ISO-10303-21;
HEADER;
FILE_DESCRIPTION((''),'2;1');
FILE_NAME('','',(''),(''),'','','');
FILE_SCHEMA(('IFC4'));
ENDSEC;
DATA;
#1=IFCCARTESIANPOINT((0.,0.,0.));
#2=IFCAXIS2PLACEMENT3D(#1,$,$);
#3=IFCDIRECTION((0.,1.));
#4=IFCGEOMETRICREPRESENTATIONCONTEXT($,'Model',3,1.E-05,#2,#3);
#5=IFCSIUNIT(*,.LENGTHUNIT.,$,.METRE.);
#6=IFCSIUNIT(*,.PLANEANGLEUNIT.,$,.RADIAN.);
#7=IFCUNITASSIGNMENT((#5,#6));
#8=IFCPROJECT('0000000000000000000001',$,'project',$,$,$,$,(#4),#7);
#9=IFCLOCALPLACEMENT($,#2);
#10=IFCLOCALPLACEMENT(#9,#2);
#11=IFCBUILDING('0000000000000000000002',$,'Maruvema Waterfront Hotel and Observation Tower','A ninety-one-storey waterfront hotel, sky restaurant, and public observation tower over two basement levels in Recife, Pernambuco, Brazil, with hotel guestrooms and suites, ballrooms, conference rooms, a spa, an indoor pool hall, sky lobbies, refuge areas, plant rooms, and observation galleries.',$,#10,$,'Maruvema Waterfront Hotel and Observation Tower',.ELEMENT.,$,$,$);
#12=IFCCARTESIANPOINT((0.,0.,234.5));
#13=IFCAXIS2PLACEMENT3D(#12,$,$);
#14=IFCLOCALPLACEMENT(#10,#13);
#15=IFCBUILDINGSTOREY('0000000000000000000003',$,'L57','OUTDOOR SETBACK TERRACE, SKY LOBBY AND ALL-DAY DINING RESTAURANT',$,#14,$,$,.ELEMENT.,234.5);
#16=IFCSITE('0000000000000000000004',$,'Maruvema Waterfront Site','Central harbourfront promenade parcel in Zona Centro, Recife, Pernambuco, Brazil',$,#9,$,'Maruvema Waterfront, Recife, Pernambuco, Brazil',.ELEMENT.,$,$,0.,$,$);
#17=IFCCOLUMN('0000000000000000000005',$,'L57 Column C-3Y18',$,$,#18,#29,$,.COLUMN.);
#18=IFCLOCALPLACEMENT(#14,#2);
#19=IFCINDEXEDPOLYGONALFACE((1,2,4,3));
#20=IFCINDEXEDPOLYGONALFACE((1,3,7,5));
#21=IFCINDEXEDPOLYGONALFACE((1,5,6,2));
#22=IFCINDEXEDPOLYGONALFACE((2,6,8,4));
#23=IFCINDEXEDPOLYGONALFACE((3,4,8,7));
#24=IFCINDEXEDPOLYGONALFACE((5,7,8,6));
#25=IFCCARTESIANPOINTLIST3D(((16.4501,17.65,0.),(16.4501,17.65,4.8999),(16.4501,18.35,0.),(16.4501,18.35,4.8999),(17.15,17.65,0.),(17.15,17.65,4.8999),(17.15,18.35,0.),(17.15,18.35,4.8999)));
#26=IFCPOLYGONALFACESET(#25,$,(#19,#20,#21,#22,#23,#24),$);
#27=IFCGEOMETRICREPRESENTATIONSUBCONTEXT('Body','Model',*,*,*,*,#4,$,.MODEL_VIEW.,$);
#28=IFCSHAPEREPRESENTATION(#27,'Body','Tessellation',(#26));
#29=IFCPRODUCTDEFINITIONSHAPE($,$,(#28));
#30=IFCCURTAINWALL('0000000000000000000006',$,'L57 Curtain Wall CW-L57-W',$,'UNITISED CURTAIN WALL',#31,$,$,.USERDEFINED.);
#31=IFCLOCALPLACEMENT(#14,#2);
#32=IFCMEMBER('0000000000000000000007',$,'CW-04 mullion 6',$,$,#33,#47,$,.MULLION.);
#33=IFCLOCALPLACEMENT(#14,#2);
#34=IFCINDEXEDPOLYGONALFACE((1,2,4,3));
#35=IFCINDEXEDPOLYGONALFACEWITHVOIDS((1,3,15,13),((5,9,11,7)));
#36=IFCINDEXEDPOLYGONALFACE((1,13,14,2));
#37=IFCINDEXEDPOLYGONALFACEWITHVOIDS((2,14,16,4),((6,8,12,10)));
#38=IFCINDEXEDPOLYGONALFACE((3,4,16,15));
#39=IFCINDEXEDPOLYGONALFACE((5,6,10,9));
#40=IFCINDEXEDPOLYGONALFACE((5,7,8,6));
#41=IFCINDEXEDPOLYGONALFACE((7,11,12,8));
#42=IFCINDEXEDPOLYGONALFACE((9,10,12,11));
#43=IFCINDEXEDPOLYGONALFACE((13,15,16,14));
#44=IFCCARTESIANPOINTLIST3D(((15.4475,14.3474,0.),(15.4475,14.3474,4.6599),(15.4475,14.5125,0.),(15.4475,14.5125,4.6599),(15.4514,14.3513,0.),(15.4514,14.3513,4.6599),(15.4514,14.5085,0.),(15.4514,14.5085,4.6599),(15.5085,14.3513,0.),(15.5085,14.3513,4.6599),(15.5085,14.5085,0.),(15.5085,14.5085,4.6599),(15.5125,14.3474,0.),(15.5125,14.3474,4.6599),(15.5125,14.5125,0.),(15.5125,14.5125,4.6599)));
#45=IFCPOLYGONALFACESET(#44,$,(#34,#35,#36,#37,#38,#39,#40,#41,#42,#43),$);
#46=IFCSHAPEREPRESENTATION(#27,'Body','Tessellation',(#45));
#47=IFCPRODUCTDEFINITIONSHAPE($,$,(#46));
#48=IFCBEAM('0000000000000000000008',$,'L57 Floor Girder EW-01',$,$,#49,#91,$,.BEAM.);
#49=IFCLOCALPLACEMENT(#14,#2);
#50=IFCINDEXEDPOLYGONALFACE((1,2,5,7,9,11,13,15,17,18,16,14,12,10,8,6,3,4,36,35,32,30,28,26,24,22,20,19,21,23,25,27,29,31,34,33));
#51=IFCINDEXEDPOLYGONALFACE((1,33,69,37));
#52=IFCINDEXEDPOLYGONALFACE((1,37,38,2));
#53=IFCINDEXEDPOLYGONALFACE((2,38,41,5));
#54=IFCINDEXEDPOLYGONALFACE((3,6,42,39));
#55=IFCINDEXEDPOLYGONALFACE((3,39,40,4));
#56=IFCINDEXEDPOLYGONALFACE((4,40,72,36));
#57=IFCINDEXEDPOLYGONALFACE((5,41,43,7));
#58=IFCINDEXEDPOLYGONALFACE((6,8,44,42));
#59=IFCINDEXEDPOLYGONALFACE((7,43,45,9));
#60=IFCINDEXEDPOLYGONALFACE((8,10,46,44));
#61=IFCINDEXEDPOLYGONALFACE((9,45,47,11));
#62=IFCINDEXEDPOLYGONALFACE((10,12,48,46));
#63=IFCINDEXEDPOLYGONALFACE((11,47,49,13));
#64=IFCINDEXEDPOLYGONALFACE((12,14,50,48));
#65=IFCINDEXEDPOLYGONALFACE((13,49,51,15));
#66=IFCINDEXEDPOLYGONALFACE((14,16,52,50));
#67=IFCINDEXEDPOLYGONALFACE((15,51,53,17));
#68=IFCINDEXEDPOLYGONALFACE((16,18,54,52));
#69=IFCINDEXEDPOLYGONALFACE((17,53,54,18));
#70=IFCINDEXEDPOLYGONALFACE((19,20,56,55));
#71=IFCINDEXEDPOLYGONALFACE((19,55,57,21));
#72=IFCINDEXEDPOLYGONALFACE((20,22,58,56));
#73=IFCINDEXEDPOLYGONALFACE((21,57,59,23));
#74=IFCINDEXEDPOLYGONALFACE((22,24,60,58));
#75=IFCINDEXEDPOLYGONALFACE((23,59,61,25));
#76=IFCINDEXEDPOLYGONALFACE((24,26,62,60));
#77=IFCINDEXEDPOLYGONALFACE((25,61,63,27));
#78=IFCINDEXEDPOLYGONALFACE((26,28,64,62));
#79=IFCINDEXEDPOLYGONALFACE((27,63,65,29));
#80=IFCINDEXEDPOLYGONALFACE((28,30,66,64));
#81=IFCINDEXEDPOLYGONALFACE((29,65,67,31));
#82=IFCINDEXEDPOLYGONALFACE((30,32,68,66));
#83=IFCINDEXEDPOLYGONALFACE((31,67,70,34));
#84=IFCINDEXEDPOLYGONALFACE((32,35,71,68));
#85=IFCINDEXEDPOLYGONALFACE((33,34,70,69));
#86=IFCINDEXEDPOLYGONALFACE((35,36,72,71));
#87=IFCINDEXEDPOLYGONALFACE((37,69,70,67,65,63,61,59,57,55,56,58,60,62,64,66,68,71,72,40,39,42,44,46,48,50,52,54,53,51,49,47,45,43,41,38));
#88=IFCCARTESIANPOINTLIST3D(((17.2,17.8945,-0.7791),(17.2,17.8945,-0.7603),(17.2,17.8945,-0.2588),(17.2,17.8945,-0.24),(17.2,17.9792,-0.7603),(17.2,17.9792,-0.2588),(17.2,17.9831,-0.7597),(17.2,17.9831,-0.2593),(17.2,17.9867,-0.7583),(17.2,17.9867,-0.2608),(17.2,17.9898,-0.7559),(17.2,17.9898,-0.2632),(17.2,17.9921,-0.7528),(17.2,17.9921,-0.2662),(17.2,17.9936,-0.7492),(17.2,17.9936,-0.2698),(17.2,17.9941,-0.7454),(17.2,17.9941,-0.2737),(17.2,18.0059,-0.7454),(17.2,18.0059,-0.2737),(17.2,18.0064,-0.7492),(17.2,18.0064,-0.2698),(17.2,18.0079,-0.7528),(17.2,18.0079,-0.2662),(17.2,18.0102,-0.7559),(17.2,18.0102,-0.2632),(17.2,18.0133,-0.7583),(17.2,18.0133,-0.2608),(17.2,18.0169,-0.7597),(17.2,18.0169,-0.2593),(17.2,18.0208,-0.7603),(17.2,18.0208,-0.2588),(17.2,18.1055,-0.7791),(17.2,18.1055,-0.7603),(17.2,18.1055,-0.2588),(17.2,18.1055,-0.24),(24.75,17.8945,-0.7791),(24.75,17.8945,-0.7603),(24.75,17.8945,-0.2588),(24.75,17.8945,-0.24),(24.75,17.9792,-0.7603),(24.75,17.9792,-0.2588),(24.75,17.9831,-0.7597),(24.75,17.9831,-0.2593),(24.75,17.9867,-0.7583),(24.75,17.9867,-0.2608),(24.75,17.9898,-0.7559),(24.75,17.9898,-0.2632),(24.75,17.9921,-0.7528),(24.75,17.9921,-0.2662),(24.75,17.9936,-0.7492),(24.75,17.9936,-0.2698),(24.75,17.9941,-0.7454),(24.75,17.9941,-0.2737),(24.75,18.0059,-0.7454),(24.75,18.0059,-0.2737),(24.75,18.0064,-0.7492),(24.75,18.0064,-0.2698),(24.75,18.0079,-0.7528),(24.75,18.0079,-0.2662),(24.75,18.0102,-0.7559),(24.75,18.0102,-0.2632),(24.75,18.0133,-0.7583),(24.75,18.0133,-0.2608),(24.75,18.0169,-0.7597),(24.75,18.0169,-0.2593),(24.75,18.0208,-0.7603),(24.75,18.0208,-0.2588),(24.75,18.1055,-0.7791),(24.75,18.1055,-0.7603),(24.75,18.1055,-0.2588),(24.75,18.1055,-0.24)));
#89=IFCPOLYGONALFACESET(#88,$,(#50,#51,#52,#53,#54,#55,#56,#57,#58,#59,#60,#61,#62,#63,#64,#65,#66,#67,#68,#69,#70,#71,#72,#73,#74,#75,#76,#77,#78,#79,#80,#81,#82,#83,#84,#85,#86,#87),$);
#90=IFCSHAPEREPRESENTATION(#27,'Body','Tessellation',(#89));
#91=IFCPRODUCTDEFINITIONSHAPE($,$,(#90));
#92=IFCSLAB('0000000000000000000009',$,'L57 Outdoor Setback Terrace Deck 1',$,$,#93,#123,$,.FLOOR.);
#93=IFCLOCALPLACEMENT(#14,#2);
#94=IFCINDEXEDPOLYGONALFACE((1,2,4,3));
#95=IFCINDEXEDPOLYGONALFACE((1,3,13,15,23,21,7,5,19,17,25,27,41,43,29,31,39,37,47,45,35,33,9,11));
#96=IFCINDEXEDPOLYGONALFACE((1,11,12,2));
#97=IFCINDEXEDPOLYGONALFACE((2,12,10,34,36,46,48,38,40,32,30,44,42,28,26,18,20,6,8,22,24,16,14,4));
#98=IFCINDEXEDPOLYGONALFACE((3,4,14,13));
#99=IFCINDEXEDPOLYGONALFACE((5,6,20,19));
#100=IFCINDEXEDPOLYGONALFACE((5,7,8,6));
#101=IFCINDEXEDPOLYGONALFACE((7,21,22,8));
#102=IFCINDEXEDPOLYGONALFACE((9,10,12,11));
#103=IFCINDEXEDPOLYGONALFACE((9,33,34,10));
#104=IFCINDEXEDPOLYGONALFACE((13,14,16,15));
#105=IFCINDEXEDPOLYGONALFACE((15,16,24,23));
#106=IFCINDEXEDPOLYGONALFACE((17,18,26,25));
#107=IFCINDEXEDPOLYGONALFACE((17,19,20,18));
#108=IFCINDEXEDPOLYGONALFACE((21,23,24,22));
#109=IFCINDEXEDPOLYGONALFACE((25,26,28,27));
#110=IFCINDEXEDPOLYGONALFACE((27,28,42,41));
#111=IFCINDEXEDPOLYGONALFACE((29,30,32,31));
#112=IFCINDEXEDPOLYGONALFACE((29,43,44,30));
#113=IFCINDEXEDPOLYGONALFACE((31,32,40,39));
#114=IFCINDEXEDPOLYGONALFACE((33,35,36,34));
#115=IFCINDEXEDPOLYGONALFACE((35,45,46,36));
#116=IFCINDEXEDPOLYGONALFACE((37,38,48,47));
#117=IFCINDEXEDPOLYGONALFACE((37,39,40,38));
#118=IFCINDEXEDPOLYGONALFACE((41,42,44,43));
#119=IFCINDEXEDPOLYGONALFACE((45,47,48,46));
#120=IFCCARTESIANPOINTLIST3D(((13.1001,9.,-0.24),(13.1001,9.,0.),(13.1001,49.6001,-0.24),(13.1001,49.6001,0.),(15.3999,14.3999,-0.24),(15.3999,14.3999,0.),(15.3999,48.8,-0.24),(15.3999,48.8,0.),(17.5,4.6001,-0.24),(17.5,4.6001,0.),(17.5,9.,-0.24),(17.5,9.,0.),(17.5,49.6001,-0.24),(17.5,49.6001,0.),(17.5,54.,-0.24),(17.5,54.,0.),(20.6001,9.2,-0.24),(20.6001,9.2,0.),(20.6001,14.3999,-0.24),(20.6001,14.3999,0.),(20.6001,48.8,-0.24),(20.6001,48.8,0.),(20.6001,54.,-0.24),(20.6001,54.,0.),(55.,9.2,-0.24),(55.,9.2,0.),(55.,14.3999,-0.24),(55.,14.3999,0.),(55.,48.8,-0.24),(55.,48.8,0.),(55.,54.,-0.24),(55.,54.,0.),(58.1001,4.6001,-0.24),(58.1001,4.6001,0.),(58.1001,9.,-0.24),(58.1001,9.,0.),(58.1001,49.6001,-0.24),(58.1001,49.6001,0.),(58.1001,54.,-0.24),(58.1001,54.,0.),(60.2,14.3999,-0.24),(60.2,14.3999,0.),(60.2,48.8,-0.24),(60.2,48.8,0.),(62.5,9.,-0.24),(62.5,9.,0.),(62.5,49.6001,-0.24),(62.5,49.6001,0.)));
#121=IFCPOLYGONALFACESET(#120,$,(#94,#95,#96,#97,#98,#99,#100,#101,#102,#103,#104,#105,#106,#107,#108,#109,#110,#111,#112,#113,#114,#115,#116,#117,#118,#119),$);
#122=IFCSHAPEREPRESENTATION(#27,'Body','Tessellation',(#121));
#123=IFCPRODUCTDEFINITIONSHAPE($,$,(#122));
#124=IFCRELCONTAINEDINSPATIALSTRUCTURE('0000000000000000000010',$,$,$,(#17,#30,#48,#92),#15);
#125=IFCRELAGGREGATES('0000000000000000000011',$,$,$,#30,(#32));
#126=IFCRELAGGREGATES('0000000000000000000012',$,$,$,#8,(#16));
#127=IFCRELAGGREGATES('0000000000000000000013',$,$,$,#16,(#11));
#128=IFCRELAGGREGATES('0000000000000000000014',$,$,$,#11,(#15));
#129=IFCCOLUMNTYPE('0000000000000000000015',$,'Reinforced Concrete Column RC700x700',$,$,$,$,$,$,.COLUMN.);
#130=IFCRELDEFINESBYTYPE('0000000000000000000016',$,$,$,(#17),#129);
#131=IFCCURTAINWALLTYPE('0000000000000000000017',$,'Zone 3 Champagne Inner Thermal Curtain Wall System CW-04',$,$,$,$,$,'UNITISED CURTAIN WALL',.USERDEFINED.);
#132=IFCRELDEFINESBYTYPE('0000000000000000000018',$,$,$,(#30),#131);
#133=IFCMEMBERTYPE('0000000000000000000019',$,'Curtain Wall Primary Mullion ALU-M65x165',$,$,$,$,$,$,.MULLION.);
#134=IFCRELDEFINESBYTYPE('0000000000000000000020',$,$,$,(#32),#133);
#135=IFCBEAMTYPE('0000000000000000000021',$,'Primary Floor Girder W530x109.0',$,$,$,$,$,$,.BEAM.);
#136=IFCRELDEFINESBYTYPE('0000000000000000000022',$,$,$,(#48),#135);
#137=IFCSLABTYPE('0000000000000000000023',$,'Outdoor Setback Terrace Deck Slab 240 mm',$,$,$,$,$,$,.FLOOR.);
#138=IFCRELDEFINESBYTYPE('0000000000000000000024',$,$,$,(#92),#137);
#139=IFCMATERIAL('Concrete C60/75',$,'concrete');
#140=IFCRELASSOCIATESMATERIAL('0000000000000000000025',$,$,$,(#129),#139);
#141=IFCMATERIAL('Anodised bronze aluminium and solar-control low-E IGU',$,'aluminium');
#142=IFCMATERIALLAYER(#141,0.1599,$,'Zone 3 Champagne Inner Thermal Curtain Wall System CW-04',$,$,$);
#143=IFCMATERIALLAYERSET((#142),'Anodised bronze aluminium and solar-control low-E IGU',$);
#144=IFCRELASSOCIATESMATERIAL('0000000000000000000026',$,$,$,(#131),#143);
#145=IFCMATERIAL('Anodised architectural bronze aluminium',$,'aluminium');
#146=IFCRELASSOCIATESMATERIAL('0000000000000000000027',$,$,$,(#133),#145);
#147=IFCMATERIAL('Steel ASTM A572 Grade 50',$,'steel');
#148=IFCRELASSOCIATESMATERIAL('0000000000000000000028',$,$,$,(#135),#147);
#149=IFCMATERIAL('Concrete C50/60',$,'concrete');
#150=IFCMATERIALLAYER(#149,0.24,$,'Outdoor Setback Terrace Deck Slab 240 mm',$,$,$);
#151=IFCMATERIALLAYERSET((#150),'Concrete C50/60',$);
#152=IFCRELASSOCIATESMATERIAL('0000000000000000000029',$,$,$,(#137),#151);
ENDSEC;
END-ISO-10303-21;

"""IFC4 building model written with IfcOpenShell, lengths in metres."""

from ifc_helpers import new_model, si_unit, direction, frame, origin, origin_2d, place, context, subcontext, project, spatial, polyline, rectangle, hollow_rectangle, i_section, outline, extrude, material, layer, layer_set, material_profile, profile_set, type_object, element, aggregate, save


model = new_model("IFC4")

# Units and contexts
model_context = context("Model", 3, precision=1e-05, world=origin(), true_north=direction((0.0, 1.0)))
body_context = subcontext(model_context, "Body", "Model", "MODEL_VIEW")
ifc_project = project(units=[si_unit("LENGTHUNIT", "METRE"), si_unit("PLANEANGLEUNIT", "RADIAN")], contexts=[model_context])

# Site, building, storey
site_placement = place(None, origin())
site = spatial("IfcSite", under=ifc_project, at=site_placement, Name="Maruvema Waterfront Site", Description="Central harbourfront promenade parcel in Zona Centro, Recife, Pernambuco, Brazil", LongName="Maruvema Waterfront, Recife, Pernambuco, Brazil", CompositionType="ELEMENT", RefElevation=0.0)
building_placement = place(site_placement, origin())
building = spatial("IfcBuilding", under=site, at=building_placement, Name="Maruvema Waterfront Hotel and Observation Tower", Description="A ninety-one-storey waterfront hotel, sky restaurant, and public observation tower over two basement levels in Recife, Pernambuco, Brazil, with hotel guestrooms and suites, ballrooms, conference rooms, a spa, an indoor pool hall, sky lobbies, refuge areas, plant rooms, and observation galleries.", LongName="Maruvema Waterfront Hotel and Observation Tower", CompositionType="ELEMENT")
storey_placement = place(building_placement, frame((0.0, 0.0, 234.5)))
storey = spatial("IfcBuildingStorey", under=building, at=storey_placement, Name="L57", Description="OUTDOOR SETBACK TERRACE, SKY LOBBY AND ALL-DAY DINING RESTAURANT", CompositionType="ELEMENT", Elevation=234.5)

# Column
ifc_material_1 = material(Name="Concrete C60/75", Category="concrete")
ifc_material_profile_1 = material_profile(ifc_material_1, rectangle(XDim=0.7, YDim=0.7, at=origin_2d()), Name="RC700x700")
ifc_profile_set_1 = profile_set([ifc_material_profile_1], Name="Concrete C60/75")
column_type = type_object("IfcColumnType", Name="Reinforced Concrete Column RC700x700", PredefinedType="COLUMN", material=ifc_profile_set_1)
column_placement = place(storey_placement, frame((16.8, 18.0, 0.0), z_axis=(0.0, 0.0, 1.0), x_axis=(1.0, 0.0, 0.0)))
element("IfcColumn", 1, at=column_placement, inside=storey, type_object=column_type, Name="L57 Column C-3Y18", PredefinedType="COLUMN", context=body_context, shape_type="SweptSolid", body=[
    extrude(rectangle(XDim=0.7, YDim=0.7, at=origin_2d()), origin(), (0.0, 0.0, 1.0), 4.8999),
])

# Curtain wall, member
ifc_material_2 = material(Name="Anodised bronze aluminium and solar-control low-E IGU", Category="aluminium")
ifc_layer_1 = layer(ifc_material_2, 0.1599, Name="Zone 3 Champagne Inner Thermal Curtain Wall System CW-04")
ifc_layer_set_1 = layer_set([ifc_layer_1], Name="Anodised bronze aluminium and solar-control low-E IGU")
curtain_wall_type = type_object("IfcCurtainWallType", Name="Zone 3 Champagne Inner Thermal Curtain Wall System CW-04", ElementType="UNITISED CURTAIN WALL", PredefinedType="USERDEFINED", material=ifc_layer_set_1)
curtain_wall_placement = place(storey_placement, origin())
curtain_wall = element("IfcCurtainWall", 2, at=curtain_wall_placement, inside=storey, type_object=curtain_wall_type, Name="L57 Curtain Wall CW-L57-W", ObjectType="UNITISED CURTAIN WALL", PredefinedType="USERDEFINED")
ifc_material_3 = material(Name="Anodised architectural bronze aluminium", Category="aluminium")
ifc_material_profile_2 = material_profile(ifc_material_3, hollow_rectangle(XDim=0.0649, YDim=0.165, WallThickness=0.0039, at=origin_2d()), Name="ALU-M65x165")
ifc_profile_set_2 = profile_set([ifc_material_profile_2], Name="Anodised architectural bronze aluminium")
member_type = type_object("IfcMemberType", Name="Curtain Wall Primary Mullion ALU-M65x165", PredefinedType="MULLION", material=ifc_profile_set_2)
member_placement = place(storey_placement, frame((15.48, 14.4299, 0.0), z_axis=(0.0, 0.0, 1.0), x_axis=(1.0, 0.0, 0.0)))
member = element("IfcMember", 3, at=member_placement, type_object=member_type, Name="CW-04 mullion 6", PredefinedType="MULLION", context=body_context, shape_type="SweptSolid", body=[
    extrude(hollow_rectangle(XDim=0.0649, YDim=0.165, WallThickness=0.0039, at=origin_2d()), origin(), (0.0, 0.0, 1.0), 4.6599),
])

# Beam
ifc_material_4 = material(Name="Steel ASTM A572 Grade 50", Category="steel")
ifc_material_profile_3 = material_profile(ifc_material_4, i_section(OverallWidth=0.2109, OverallDepth=0.5391, WebThickness=0.0117, FlangeThickness=0.0188, FilletRadius=0.0149, at=origin_2d()), Name="W530x109.0")
ifc_profile_set_3 = profile_set([ifc_material_profile_3], Name="Steel ASTM A572 Grade 50")
beam_type = type_object("IfcBeamType", Name="Primary Floor Girder W530x109.0", PredefinedType="BEAM", material=ifc_profile_set_3)
beam_placement = place(storey_placement, frame((17.2, 18.0, -0.5095), z_axis=(1.0, 0.0, 0.0), x_axis=(0.0, 1.0, 0.0)))
element("IfcBeam", 4, at=beam_placement, inside=storey, type_object=beam_type, Name="L57 Floor Girder EW-01", PredefinedType="BEAM", context=body_context, shape_type="SweptSolid", body=[
    extrude(i_section(OverallWidth=0.2109, OverallDepth=0.5391, WebThickness=0.0117, FlangeThickness=0.0188, FilletRadius=0.0149, at=origin_2d()), origin(), (0.0, 0.0, 1.0), 7.55),
])

# Slab
ifc_material_5 = material(Name="Concrete C50/60", Category="concrete")
ifc_layer_2 = layer(ifc_material_5, 0.24, Name="Outdoor Setback Terrace Deck Slab 240 mm")
ifc_layer_set_2 = layer_set([ifc_layer_2], Name="Concrete C50/60")
slab_type_1 = type_object("IfcSlabType", Name="Outdoor Setback Terrace Deck Slab 240 mm", PredefinedType="FLOOR", material=ifc_layer_set_2)
slab_1_placement = place(storey_placement, frame((0.0, 0.0, -0.24)))
element("IfcSlab", 5, at=slab_1_placement, inside=storey, type_object=slab_type_1, Name="L57 Outdoor Setback Terrace Deck 1", PredefinedType="FLOOR", context=body_context, shape_type="SweptSolid", body=[
    extrude(outline(polyline([(58.1001, 54.0), (58.1001, 49.6001), (62.5, 49.6001), (62.5, 9.0), (58.1001, 9.0), (58.1001, 4.6001), (17.5, 4.6001), (17.5, 9.0), (13.1001, 9.0), (13.1001, 49.6001), (17.5, 49.6001), (17.5, 54.0), (20.6001, 54.0), (20.6001, 48.8), (15.3999, 48.8), (15.3999, 14.3999), (20.6001, 14.3999), (20.6001, 9.2), (55.0, 9.2), (55.0, 14.3999), (60.2, 14.3999), (60.2, 48.8), (55.0, 48.8), (55.0, 54.0), (58.1001, 54.0)])), origin(), (0.0, 0.0, 1.0), 0.24),
])

aggregate(curtain_wall, [member])

save(model, "model.ifc")
